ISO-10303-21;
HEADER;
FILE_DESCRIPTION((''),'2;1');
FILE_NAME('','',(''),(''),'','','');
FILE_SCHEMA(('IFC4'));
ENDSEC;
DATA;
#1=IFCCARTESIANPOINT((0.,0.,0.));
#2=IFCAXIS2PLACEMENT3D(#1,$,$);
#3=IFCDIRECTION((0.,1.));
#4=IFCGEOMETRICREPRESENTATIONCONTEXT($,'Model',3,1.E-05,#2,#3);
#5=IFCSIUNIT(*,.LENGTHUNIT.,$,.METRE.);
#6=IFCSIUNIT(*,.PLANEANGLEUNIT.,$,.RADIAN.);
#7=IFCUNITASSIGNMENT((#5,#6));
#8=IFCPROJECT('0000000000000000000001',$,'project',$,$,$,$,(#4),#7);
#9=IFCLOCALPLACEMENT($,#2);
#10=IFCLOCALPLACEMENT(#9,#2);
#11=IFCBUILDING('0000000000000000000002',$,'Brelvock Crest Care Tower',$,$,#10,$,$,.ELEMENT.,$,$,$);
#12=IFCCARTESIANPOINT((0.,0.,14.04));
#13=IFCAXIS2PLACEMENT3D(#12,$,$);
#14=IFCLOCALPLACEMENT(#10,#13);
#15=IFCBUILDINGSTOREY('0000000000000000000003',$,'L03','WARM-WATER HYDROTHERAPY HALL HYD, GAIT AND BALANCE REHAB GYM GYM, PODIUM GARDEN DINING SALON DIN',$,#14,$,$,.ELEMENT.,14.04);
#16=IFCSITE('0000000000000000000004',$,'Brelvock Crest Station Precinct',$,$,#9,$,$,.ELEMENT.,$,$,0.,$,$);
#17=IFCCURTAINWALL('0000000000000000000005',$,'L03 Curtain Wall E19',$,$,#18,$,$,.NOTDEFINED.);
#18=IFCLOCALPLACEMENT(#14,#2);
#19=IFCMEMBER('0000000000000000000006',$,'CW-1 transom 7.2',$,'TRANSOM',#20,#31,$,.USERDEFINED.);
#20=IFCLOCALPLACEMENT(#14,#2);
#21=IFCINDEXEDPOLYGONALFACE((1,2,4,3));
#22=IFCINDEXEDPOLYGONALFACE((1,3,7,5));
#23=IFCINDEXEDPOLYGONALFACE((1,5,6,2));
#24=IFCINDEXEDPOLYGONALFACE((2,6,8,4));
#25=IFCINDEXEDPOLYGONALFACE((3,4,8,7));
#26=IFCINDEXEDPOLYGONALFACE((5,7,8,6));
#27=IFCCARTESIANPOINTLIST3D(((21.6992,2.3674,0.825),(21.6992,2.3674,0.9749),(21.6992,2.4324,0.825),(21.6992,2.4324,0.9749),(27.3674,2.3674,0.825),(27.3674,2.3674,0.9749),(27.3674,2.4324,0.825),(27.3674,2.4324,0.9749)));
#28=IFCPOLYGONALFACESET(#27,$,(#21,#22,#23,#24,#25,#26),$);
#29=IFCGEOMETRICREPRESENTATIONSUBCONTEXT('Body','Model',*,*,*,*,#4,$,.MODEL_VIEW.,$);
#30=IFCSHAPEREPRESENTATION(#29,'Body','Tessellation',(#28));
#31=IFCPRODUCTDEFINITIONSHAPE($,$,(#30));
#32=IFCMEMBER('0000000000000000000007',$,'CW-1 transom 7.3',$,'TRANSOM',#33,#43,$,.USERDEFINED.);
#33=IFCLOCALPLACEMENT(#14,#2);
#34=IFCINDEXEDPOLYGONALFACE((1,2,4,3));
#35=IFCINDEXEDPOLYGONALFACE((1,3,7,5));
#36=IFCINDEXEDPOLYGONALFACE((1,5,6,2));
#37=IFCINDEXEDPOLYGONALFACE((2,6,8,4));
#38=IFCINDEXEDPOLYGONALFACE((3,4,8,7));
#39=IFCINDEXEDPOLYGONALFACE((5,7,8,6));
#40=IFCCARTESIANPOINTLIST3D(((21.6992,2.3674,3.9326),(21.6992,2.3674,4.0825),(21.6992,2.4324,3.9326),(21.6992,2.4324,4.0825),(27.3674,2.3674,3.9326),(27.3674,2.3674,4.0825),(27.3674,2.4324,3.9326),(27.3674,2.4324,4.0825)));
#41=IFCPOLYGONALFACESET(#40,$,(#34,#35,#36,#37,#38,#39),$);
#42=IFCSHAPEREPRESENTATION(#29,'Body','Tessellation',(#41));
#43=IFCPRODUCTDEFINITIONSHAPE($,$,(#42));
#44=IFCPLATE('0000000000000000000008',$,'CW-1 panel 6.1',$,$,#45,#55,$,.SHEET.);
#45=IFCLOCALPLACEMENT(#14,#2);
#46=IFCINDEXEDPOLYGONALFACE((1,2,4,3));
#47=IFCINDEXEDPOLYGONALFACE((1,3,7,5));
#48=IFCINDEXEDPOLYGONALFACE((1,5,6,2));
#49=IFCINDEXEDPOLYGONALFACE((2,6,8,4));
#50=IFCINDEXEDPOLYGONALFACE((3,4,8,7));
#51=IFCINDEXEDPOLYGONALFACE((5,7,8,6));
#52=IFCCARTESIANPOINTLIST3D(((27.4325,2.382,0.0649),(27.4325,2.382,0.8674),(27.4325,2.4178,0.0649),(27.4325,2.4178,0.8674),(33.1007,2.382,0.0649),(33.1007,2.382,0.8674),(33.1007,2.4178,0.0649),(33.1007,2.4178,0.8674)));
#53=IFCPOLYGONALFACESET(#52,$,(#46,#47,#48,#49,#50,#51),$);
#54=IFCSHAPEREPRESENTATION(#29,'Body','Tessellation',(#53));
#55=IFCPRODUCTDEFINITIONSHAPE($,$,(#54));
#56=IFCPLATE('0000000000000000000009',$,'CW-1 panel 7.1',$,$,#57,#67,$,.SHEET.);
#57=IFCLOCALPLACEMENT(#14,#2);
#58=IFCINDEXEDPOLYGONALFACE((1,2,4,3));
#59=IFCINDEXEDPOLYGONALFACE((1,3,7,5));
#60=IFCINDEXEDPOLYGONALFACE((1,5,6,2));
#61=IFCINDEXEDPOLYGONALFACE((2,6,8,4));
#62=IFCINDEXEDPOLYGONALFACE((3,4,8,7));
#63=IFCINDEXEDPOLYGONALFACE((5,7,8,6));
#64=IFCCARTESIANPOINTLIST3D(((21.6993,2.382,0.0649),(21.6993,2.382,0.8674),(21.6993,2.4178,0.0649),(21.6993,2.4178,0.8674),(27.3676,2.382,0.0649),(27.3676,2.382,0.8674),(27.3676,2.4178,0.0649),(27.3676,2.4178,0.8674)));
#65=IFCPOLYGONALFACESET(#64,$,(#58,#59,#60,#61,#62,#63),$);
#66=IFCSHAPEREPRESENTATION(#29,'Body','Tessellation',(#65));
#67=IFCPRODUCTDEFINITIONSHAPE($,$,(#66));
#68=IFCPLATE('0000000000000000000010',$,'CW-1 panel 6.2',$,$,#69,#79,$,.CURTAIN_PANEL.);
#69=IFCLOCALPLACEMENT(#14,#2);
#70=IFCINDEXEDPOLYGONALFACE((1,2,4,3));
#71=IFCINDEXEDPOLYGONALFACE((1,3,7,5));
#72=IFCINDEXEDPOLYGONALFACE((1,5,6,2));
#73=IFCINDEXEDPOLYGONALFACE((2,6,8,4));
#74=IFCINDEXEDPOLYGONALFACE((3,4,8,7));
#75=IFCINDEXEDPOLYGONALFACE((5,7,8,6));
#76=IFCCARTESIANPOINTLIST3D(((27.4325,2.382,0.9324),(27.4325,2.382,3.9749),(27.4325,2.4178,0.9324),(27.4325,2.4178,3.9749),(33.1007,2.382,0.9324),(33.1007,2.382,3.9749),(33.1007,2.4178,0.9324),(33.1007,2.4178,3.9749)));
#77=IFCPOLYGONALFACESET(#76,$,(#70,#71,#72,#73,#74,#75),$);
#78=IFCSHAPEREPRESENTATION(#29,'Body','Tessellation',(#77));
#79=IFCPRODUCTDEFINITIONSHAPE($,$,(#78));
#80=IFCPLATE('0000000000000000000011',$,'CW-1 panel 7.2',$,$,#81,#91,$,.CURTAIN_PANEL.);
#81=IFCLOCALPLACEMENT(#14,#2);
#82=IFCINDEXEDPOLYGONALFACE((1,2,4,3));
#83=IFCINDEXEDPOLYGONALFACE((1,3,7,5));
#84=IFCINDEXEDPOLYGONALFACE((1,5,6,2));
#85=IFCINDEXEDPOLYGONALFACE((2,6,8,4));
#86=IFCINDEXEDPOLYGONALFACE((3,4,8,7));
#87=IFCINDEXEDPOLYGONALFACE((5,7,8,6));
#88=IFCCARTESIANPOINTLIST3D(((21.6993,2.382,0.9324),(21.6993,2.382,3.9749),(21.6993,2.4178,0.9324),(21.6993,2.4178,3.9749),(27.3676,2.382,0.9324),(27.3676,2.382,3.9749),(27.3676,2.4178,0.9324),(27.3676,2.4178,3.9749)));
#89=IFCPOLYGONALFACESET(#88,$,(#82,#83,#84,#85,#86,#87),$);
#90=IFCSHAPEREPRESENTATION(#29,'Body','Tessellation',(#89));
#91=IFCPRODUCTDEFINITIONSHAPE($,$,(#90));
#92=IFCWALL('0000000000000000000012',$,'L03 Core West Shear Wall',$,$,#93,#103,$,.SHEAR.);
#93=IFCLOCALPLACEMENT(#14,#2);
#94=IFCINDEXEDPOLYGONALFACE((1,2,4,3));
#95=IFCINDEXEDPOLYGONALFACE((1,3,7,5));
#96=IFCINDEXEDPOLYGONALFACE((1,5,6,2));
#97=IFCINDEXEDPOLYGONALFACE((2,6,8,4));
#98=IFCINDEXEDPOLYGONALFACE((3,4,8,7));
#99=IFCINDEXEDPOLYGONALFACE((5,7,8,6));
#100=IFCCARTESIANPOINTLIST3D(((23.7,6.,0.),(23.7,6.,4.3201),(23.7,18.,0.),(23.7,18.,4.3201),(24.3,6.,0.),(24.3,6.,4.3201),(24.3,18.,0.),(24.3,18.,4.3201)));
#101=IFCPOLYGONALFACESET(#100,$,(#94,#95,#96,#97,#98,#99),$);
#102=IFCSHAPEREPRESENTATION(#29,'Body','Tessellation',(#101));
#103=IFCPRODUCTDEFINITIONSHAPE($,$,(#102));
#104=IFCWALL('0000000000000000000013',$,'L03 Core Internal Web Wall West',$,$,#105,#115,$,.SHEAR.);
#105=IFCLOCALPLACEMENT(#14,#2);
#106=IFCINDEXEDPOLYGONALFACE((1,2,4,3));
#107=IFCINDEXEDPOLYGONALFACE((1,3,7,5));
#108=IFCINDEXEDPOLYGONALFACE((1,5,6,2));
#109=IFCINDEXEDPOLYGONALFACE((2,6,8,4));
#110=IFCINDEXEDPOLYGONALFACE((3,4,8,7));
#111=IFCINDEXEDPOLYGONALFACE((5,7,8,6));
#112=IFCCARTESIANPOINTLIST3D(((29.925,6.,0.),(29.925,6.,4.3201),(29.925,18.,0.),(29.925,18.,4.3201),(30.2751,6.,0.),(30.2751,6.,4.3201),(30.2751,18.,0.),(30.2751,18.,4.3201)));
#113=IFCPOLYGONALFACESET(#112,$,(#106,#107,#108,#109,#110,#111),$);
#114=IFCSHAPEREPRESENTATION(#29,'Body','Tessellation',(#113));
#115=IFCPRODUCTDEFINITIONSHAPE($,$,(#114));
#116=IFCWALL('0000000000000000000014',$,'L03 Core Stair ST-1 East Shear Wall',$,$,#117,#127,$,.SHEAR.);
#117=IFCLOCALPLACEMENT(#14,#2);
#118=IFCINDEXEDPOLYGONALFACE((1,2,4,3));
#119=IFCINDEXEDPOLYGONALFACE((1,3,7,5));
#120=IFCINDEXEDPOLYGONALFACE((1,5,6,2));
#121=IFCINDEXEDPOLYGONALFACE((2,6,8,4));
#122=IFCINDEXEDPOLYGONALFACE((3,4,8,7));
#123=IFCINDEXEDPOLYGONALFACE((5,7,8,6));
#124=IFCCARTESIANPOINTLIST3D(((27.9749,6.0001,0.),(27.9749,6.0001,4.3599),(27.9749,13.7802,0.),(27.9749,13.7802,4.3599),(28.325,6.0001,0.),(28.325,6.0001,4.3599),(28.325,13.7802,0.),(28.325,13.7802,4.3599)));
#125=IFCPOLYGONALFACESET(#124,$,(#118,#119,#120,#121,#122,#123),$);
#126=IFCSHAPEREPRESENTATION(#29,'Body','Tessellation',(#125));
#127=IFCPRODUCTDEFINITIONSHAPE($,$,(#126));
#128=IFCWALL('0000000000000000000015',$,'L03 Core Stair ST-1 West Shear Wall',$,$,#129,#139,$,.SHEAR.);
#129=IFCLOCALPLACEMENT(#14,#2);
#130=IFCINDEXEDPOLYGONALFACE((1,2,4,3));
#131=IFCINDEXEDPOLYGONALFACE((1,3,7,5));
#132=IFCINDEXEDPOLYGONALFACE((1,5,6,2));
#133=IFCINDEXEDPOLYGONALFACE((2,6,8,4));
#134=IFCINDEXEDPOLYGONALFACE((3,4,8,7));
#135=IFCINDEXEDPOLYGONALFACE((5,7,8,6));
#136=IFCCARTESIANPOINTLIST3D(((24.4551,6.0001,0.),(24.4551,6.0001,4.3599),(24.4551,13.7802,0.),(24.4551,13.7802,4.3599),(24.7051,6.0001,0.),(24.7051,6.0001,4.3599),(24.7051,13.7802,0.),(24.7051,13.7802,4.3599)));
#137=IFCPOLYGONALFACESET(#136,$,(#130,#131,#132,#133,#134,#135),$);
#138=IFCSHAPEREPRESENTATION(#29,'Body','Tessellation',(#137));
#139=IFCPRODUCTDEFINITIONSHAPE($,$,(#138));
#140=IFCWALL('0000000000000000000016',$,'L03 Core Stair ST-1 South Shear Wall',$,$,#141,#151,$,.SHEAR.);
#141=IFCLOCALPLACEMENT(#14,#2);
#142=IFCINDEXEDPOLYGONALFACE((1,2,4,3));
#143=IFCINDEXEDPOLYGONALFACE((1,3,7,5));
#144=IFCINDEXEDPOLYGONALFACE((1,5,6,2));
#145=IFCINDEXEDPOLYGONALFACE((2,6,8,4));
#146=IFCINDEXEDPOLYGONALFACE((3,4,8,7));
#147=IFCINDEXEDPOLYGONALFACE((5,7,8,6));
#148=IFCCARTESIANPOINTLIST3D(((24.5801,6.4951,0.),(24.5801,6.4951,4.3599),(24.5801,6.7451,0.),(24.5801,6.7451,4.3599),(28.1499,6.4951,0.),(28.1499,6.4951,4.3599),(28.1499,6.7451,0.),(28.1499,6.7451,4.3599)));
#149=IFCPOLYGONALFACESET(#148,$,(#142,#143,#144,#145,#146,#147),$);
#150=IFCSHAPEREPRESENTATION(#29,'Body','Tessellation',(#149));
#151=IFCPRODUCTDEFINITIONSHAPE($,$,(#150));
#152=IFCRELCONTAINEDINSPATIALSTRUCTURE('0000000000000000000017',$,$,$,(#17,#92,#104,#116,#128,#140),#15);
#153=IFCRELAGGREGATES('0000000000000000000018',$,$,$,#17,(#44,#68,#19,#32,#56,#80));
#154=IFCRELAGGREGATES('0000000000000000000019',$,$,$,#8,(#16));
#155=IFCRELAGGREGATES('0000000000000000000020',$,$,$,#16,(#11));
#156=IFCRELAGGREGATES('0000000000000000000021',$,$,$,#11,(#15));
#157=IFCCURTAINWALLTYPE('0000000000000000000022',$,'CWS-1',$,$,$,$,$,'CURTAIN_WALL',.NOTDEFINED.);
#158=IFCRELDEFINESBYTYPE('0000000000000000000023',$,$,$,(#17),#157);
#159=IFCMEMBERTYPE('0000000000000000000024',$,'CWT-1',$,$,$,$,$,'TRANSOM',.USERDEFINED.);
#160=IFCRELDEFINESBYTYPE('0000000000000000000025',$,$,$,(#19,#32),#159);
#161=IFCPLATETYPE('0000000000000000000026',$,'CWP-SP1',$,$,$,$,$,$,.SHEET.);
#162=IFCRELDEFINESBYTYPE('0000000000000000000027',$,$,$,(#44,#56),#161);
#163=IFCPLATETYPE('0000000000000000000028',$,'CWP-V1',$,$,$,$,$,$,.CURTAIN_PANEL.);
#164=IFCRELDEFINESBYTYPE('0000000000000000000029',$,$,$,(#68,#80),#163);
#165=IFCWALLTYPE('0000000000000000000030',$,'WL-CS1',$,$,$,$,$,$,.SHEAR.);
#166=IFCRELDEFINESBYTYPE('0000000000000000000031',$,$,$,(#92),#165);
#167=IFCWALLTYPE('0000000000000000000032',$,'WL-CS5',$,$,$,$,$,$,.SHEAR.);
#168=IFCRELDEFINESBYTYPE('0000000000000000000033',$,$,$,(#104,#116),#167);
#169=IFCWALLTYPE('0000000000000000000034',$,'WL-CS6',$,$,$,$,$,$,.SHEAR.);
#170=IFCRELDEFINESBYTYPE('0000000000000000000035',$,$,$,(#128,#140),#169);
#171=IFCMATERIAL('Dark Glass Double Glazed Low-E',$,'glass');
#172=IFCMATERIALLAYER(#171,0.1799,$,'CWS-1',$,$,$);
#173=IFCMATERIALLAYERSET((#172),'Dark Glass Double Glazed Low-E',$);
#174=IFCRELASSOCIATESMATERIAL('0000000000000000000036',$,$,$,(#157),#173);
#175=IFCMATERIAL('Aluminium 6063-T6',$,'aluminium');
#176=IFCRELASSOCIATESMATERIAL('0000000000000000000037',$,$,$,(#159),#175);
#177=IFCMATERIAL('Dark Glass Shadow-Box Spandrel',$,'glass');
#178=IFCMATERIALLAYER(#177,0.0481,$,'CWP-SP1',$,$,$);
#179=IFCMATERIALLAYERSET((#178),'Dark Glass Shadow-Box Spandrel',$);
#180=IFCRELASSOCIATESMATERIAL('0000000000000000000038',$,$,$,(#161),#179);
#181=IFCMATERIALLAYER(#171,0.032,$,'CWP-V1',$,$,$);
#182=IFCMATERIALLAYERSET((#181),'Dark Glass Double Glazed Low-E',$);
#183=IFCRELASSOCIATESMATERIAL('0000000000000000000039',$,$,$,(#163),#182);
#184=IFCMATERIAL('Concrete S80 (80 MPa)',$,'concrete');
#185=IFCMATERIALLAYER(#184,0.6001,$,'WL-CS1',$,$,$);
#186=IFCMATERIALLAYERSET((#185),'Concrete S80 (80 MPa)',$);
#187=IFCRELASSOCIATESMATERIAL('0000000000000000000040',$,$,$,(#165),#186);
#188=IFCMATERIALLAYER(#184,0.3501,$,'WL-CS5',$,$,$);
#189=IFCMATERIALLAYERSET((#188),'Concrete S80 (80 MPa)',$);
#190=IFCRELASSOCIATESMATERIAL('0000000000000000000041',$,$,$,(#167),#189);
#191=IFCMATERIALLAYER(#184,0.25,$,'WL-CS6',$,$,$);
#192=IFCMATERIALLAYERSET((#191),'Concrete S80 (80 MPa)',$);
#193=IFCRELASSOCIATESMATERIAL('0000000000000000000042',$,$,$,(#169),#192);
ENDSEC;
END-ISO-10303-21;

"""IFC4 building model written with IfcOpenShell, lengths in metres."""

from ifc_helpers import new_model, si_unit, direction, frame, frame_2d, origin, origin_2d, place, context, subcontext, project, spatial, rectangle, extrude, source, transform, mapped, material, layer, layer_set, material_profile, profile_set, type_object, element, aggregate, save


model = new_model("IFC4")

# Units and contexts
model_context = context("Model", 3, precision=1e-05, world=origin(), true_north=direction((0.0, 1.0)))
body_context = subcontext(model_context, "Body", "Model", "MODEL_VIEW")
ifc_project = project(units=[si_unit("LENGTHUNIT", "METRE"), si_unit("PLANEANGLEUNIT", "RADIAN")], contexts=[model_context])

# Site, building, storey
site_placement = place(None, origin())
site = spatial("IfcSite", under=ifc_project, at=site_placement, Name="Brelvock Crest Station Precinct", CompositionType="ELEMENT", RefElevation=0.0)
building_placement = place(site_placement, origin())
building = spatial("IfcBuilding", under=site, at=building_placement, Name="Brelvock Crest Care Tower", CompositionType="ELEMENT")
storey_placement = place(building_placement, frame((0.0, 0.0, 14.04)))
storey = spatial("IfcBuildingStorey", under=building, at=storey_placement, Name="L03", Description="WARM-WATER HYDROTHERAPY HALL HYD, GAIT AND BALANCE REHAB GYM GYM, PODIUM GARDEN DINING SALON DIN", CompositionType="ELEMENT", Elevation=14.04)

# Shared definitions
ifc_material_1 = material(Name="Concrete S80 (80 MPa)", Category="concrete")

# Curtain wall, members, plates
ifc_material_2 = material(Name="Dark Glass Double Glazed Low-E", Category="glass")
ifc_layer_1 = layer(ifc_material_2, 0.1799, Name="CWS-1")
ifc_layer_set_1 = layer_set([ifc_layer_1], Name="Dark Glass Double Glazed Low-E")
curtain_wall_type = type_object("IfcCurtainWallType", Name="CWS-1", ElementType="CURTAIN_WALL", PredefinedType="NOTDEFINED", material=ifc_layer_set_1)
curtain_wall_placement = place(storey_placement, origin())
curtain_wall = element("IfcCurtainWall", 1, at=curtain_wall_placement, inside=storey, type_object=curtain_wall_type, Name="L03 Curtain Wall E19", PredefinedType="NOTDEFINED")
ifc_material_3 = material(Name="Aluminium 6063-T6", Category="aluminium")
ifc_material_profile_1 = material_profile(ifc_material_3, rectangle(XDim=0.0649, YDim=0.1499, at=origin_2d()), Name="ALU65x150")
ifc_profile_set_1 = profile_set([ifc_material_profile_1], Name="Aluminium 6063-T6")
member_type_1 = type_object("IfcMemberType", Name="CWT-1", ElementType="TRANSOM", PredefinedType="USERDEFINED", material=ifc_profile_set_1)
shared_shape_1 = source(origin(), body_context, "Body", "SweptSolid", [
    extrude(rectangle(XDim=0.0649, YDim=0.1499, at=origin_2d()), origin(), (0.0, 0.0, 1.0), 5.6682),
])
member_1_placement = place(storey_placement, frame((27.3674, 2.3999, 0.8999), z_axis=(-1.0, 0.0, 0.0), x_axis=(0.0, -1.0, 0.0)))
member_1 = element("IfcMember", 2, at=member_1_placement, type_object=member_type_1, Name="CW-1 transom 7.2", ObjectType="TRANSOM", PredefinedType="USERDEFINED", context=body_context, shape_type="MappedRepresentation", body=[
    mapped(shared_shape_1, transform((0.0, 0.0, 0.0), x_axis=(1.0, 0.0, 0.0), y_axis=(0.0, 1.0, 0.0), z_axis=(0.0, 0.0, 1.0), scale=1.0)),
])
member_2_placement = place(storey_placement, frame((27.3674, 2.3999, 4.0076), z_axis=(-1.0, 0.0, 0.0), x_axis=(0.0, -1.0, 0.0)))
member_2 = element("IfcMember", 3, at=member_2_placement, type_object=member_type_1, Name="CW-1 transom 7.3", ObjectType="TRANSOM", PredefinedType="USERDEFINED", context=body_context, shape_type="MappedRepresentation", body=[
    mapped(shared_shape_1, transform((0.0, 0.0, 0.0), x_axis=(1.0, 0.0, 0.0), y_axis=(0.0, 1.0, 0.0), z_axis=(0.0, 0.0, 1.0), scale=1.0)),
])
ifc_material_4 = material(Name="Dark Glass Shadow-Box Spandrel", Category="glass")
ifc_layer_2 = layer(ifc_material_4, 0.0481, Name="CWP-SP1")
ifc_layer_set_2 = layer_set([ifc_layer_2], Name="Dark Glass Shadow-Box Spandrel")
plate_type_1 = type_object("IfcPlateType", Name="CWP-SP1", PredefinedType="SHEET", material=ifc_layer_set_2)
shared_shape_2 = source(origin(), body_context, "Body", "SweptSolid", [
    extrude(rectangle(XDim=5.6682, YDim=0.0359, at=origin_2d()), origin(), (0.0, 0.0, 1.0), 0.8025),
])
plate_1_placement = place(storey_placement, frame((30.2666, 2.3999, 0.0649), z_axis=(0.0, 0.0, 1.0), x_axis=(-1.0, 0.0, 0.0)))
plate_1 = element("IfcPlate", 4, at=plate_1_placement, type_object=plate_type_1, Name="CW-1 panel 6.1", PredefinedType="SHEET", context=body_context, shape_type="MappedRepresentation", body=[
    mapped(shared_shape_2, transform((0.0, 0.0, 0.0), x_axis=(1.0, 0.0, 0.0), y_axis=(0.0, 1.0, 0.0), z_axis=(0.0, 0.0, 1.0), scale=1.0)),
])
plate_2_placement = place(storey_placement, frame((24.5334, 2.3999, 0.0649), z_axis=(0.0, 0.0, 1.0), x_axis=(-1.0, 0.0, 0.0)))
plate_2 = element("IfcPlate", 5, at=plate_2_placement, type_object=plate_type_1, Name="CW-1 panel 7.1", PredefinedType="SHEET", context=body_context, shape_type="MappedRepresentation", body=[
    mapped(shared_shape_2, transform((0.0, 0.0, 0.0), x_axis=(1.0, 0.0, 0.0), y_axis=(0.0, 1.0, 0.0), z_axis=(0.0, 0.0, 1.0), scale=1.0)),
])
ifc_layer_3 = layer(ifc_material_2, 0.032, Name="CWP-V1")
ifc_layer_set_3 = layer_set([ifc_layer_3], Name="Dark Glass Double Glazed Low-E")
plate_type_2 = type_object("IfcPlateType", Name="CWP-V1", PredefinedType="CURTAIN_PANEL", material=ifc_layer_set_3)
shared_shape_3 = source(origin(), body_context, "Body", "SweptSolid", [
    extrude(rectangle(XDim=5.6682, YDim=0.0359, at=origin_2d()), origin(), (0.0, 0.0, 1.0), 3.0425),
])
plate_3_placement = place(storey_placement, frame((30.2666, 2.3999, 0.9324), z_axis=(0.0, 0.0, 1.0), x_axis=(-1.0, 0.0, 0.0)))
plate_3 = element("IfcPlate", 6, at=plate_3_placement, type_object=plate_type_2, Name="CW-1 panel 6.2", PredefinedType="CURTAIN_PANEL", context=body_context, shape_type="MappedRepresentation", body=[
    mapped(shared_shape_3, transform((0.0, 0.0, 0.0), x_axis=(1.0, 0.0, 0.0), y_axis=(0.0, 1.0, 0.0), z_axis=(0.0, 0.0, 1.0), scale=1.0)),
])
plate_4_placement = place(storey_placement, frame((24.5334, 2.3999, 0.9324), z_axis=(0.0, 0.0, 1.0), x_axis=(-1.0, 0.0, 0.0)))
plate_4 = element("IfcPlate", 7, at=plate_4_placement, type_object=plate_type_2, Name="CW-1 panel 7.2", PredefinedType="CURTAIN_PANEL", context=body_context, shape_type="MappedRepresentation", body=[
    mapped(shared_shape_3, transform((0.0, 0.0, 0.0), x_axis=(1.0, 0.0, 0.0), y_axis=(0.0, 1.0, 0.0), z_axis=(0.0, 0.0, 1.0), scale=1.0)),
])
aggregate(curtain_wall, [plate_1, plate_3, member_1, member_2, plate_2, plate_4])

# Walls
ifc_layer_4 = layer(ifc_material_1, 0.6001, Name="WL-CS1")
ifc_layer_set_4 = layer_set([ifc_layer_4], Name="Concrete S80 (80 MPa)")
wall_type_1 = type_object("IfcWallType", Name="WL-CS1", PredefinedType="SHEAR", material=ifc_layer_set_4)
wall_1_placement = place(storey_placement, frame((24.0, 6.0, 0.0), z_axis=(0.0, 0.0, 1.0), x_axis=(0.0, 1.0, 0.0)))
element("IfcWall", 8, at=wall_1_placement, inside=storey, type_object=wall_type_1, Name="L03 Core West Shear Wall", PredefinedType="SHEAR", context=body_context, shape_type="SweptSolid", body=[
    extrude(rectangle(XDim=12.0, YDim=0.6001, at=frame_2d((6.0, 0.0))), origin(), (0.0, 0.0, 1.0), 4.3201),
])
ifc_layer_5 = layer(ifc_material_1, 0.3501, Name="WL-CS5")
ifc_layer_set_5 = layer_set([ifc_layer_5], Name="Concrete S80 (80 MPa)")
wall_type_2 = type_object("IfcWallType", Name="WL-CS5", PredefinedType="SHEAR", material=ifc_layer_set_5)
wall_2_placement = place(storey_placement, frame((30.1001, 6.0, 0.0), z_axis=(0.0, 0.0, 1.0), x_axis=(0.0, 1.0, 0.0)))
element("IfcWall", 9, at=wall_2_placement, inside=storey, type_object=wall_type_2, Name="L03 Core Internal Web Wall West", PredefinedType="SHEAR", context=body_context, shape_type="SweptSolid", body=[
    extrude(rectangle(XDim=12.0, YDim=0.3501, at=frame_2d((6.0, 0.0))), origin(), (0.0, 0.0, 1.0), 4.3201),
])
wall_3_placement = place(storey_placement, frame((28.1499, 6.0, 0.0), z_axis=(0.0, 0.0, 1.0), x_axis=(0.0, 1.0, 0.0)))
element("IfcWall", 10, at=wall_3_placement, inside=storey, type_object=wall_type_2, Name="L03 Core Stair ST-1 East Shear Wall", PredefinedType="SHEAR", context=body_context, shape_type="SweptSolid", body=[
    extrude(rectangle(XDim=7.78, YDim=0.3501, at=frame_2d((3.8901, 0.0))), origin(), (0.0, 0.0, 1.0), 4.3599),
])
ifc_layer_6 = layer(ifc_material_1, 0.25, Name="WL-CS6")
ifc_layer_set_6 = layer_set([ifc_layer_6], Name="Concrete S80 (80 MPa)")
wall_type_3 = type_object("IfcWallType", Name="WL-CS6", PredefinedType="SHEAR", material=ifc_layer_set_6)
wall_4_placement = place(storey_placement, frame((24.5801, 6.0, 0.0), z_axis=(0.0, 0.0, 1.0), x_axis=(0.0, 1.0, 0.0)))
element("IfcWall", 11, at=wall_4_placement, inside=storey, type_object=wall_type_3, Name="L03 Core Stair ST-1 West Shear Wall", PredefinedType="SHEAR", context=body_context, shape_type="SweptSolid", body=[
    extrude(rectangle(XDim=7.78, YDim=0.25, at=frame_2d((3.8901, 0.0))), origin(), (0.0, 0.0, 1.0), 4.3599),
])
wall_5_placement = place(storey_placement, frame((24.5801, 6.6201, 0.0), z_axis=(0.0, 0.0, 1.0), x_axis=(1.0, 0.0, 0.0)))
element("IfcWall", 12, at=wall_5_placement, inside=storey, type_object=wall_type_3, Name="L03 Core Stair ST-1 South Shear Wall", PredefinedType="SHEAR", context=body_context, shape_type="SweptSolid", body=[
    extrude(rectangle(XDim=3.5698, YDim=0.25, at=frame_2d((1.7849, 0.0))), origin(), (0.0, 0.0, 1.0), 4.3599),
])

save(model, "model.ifc")
